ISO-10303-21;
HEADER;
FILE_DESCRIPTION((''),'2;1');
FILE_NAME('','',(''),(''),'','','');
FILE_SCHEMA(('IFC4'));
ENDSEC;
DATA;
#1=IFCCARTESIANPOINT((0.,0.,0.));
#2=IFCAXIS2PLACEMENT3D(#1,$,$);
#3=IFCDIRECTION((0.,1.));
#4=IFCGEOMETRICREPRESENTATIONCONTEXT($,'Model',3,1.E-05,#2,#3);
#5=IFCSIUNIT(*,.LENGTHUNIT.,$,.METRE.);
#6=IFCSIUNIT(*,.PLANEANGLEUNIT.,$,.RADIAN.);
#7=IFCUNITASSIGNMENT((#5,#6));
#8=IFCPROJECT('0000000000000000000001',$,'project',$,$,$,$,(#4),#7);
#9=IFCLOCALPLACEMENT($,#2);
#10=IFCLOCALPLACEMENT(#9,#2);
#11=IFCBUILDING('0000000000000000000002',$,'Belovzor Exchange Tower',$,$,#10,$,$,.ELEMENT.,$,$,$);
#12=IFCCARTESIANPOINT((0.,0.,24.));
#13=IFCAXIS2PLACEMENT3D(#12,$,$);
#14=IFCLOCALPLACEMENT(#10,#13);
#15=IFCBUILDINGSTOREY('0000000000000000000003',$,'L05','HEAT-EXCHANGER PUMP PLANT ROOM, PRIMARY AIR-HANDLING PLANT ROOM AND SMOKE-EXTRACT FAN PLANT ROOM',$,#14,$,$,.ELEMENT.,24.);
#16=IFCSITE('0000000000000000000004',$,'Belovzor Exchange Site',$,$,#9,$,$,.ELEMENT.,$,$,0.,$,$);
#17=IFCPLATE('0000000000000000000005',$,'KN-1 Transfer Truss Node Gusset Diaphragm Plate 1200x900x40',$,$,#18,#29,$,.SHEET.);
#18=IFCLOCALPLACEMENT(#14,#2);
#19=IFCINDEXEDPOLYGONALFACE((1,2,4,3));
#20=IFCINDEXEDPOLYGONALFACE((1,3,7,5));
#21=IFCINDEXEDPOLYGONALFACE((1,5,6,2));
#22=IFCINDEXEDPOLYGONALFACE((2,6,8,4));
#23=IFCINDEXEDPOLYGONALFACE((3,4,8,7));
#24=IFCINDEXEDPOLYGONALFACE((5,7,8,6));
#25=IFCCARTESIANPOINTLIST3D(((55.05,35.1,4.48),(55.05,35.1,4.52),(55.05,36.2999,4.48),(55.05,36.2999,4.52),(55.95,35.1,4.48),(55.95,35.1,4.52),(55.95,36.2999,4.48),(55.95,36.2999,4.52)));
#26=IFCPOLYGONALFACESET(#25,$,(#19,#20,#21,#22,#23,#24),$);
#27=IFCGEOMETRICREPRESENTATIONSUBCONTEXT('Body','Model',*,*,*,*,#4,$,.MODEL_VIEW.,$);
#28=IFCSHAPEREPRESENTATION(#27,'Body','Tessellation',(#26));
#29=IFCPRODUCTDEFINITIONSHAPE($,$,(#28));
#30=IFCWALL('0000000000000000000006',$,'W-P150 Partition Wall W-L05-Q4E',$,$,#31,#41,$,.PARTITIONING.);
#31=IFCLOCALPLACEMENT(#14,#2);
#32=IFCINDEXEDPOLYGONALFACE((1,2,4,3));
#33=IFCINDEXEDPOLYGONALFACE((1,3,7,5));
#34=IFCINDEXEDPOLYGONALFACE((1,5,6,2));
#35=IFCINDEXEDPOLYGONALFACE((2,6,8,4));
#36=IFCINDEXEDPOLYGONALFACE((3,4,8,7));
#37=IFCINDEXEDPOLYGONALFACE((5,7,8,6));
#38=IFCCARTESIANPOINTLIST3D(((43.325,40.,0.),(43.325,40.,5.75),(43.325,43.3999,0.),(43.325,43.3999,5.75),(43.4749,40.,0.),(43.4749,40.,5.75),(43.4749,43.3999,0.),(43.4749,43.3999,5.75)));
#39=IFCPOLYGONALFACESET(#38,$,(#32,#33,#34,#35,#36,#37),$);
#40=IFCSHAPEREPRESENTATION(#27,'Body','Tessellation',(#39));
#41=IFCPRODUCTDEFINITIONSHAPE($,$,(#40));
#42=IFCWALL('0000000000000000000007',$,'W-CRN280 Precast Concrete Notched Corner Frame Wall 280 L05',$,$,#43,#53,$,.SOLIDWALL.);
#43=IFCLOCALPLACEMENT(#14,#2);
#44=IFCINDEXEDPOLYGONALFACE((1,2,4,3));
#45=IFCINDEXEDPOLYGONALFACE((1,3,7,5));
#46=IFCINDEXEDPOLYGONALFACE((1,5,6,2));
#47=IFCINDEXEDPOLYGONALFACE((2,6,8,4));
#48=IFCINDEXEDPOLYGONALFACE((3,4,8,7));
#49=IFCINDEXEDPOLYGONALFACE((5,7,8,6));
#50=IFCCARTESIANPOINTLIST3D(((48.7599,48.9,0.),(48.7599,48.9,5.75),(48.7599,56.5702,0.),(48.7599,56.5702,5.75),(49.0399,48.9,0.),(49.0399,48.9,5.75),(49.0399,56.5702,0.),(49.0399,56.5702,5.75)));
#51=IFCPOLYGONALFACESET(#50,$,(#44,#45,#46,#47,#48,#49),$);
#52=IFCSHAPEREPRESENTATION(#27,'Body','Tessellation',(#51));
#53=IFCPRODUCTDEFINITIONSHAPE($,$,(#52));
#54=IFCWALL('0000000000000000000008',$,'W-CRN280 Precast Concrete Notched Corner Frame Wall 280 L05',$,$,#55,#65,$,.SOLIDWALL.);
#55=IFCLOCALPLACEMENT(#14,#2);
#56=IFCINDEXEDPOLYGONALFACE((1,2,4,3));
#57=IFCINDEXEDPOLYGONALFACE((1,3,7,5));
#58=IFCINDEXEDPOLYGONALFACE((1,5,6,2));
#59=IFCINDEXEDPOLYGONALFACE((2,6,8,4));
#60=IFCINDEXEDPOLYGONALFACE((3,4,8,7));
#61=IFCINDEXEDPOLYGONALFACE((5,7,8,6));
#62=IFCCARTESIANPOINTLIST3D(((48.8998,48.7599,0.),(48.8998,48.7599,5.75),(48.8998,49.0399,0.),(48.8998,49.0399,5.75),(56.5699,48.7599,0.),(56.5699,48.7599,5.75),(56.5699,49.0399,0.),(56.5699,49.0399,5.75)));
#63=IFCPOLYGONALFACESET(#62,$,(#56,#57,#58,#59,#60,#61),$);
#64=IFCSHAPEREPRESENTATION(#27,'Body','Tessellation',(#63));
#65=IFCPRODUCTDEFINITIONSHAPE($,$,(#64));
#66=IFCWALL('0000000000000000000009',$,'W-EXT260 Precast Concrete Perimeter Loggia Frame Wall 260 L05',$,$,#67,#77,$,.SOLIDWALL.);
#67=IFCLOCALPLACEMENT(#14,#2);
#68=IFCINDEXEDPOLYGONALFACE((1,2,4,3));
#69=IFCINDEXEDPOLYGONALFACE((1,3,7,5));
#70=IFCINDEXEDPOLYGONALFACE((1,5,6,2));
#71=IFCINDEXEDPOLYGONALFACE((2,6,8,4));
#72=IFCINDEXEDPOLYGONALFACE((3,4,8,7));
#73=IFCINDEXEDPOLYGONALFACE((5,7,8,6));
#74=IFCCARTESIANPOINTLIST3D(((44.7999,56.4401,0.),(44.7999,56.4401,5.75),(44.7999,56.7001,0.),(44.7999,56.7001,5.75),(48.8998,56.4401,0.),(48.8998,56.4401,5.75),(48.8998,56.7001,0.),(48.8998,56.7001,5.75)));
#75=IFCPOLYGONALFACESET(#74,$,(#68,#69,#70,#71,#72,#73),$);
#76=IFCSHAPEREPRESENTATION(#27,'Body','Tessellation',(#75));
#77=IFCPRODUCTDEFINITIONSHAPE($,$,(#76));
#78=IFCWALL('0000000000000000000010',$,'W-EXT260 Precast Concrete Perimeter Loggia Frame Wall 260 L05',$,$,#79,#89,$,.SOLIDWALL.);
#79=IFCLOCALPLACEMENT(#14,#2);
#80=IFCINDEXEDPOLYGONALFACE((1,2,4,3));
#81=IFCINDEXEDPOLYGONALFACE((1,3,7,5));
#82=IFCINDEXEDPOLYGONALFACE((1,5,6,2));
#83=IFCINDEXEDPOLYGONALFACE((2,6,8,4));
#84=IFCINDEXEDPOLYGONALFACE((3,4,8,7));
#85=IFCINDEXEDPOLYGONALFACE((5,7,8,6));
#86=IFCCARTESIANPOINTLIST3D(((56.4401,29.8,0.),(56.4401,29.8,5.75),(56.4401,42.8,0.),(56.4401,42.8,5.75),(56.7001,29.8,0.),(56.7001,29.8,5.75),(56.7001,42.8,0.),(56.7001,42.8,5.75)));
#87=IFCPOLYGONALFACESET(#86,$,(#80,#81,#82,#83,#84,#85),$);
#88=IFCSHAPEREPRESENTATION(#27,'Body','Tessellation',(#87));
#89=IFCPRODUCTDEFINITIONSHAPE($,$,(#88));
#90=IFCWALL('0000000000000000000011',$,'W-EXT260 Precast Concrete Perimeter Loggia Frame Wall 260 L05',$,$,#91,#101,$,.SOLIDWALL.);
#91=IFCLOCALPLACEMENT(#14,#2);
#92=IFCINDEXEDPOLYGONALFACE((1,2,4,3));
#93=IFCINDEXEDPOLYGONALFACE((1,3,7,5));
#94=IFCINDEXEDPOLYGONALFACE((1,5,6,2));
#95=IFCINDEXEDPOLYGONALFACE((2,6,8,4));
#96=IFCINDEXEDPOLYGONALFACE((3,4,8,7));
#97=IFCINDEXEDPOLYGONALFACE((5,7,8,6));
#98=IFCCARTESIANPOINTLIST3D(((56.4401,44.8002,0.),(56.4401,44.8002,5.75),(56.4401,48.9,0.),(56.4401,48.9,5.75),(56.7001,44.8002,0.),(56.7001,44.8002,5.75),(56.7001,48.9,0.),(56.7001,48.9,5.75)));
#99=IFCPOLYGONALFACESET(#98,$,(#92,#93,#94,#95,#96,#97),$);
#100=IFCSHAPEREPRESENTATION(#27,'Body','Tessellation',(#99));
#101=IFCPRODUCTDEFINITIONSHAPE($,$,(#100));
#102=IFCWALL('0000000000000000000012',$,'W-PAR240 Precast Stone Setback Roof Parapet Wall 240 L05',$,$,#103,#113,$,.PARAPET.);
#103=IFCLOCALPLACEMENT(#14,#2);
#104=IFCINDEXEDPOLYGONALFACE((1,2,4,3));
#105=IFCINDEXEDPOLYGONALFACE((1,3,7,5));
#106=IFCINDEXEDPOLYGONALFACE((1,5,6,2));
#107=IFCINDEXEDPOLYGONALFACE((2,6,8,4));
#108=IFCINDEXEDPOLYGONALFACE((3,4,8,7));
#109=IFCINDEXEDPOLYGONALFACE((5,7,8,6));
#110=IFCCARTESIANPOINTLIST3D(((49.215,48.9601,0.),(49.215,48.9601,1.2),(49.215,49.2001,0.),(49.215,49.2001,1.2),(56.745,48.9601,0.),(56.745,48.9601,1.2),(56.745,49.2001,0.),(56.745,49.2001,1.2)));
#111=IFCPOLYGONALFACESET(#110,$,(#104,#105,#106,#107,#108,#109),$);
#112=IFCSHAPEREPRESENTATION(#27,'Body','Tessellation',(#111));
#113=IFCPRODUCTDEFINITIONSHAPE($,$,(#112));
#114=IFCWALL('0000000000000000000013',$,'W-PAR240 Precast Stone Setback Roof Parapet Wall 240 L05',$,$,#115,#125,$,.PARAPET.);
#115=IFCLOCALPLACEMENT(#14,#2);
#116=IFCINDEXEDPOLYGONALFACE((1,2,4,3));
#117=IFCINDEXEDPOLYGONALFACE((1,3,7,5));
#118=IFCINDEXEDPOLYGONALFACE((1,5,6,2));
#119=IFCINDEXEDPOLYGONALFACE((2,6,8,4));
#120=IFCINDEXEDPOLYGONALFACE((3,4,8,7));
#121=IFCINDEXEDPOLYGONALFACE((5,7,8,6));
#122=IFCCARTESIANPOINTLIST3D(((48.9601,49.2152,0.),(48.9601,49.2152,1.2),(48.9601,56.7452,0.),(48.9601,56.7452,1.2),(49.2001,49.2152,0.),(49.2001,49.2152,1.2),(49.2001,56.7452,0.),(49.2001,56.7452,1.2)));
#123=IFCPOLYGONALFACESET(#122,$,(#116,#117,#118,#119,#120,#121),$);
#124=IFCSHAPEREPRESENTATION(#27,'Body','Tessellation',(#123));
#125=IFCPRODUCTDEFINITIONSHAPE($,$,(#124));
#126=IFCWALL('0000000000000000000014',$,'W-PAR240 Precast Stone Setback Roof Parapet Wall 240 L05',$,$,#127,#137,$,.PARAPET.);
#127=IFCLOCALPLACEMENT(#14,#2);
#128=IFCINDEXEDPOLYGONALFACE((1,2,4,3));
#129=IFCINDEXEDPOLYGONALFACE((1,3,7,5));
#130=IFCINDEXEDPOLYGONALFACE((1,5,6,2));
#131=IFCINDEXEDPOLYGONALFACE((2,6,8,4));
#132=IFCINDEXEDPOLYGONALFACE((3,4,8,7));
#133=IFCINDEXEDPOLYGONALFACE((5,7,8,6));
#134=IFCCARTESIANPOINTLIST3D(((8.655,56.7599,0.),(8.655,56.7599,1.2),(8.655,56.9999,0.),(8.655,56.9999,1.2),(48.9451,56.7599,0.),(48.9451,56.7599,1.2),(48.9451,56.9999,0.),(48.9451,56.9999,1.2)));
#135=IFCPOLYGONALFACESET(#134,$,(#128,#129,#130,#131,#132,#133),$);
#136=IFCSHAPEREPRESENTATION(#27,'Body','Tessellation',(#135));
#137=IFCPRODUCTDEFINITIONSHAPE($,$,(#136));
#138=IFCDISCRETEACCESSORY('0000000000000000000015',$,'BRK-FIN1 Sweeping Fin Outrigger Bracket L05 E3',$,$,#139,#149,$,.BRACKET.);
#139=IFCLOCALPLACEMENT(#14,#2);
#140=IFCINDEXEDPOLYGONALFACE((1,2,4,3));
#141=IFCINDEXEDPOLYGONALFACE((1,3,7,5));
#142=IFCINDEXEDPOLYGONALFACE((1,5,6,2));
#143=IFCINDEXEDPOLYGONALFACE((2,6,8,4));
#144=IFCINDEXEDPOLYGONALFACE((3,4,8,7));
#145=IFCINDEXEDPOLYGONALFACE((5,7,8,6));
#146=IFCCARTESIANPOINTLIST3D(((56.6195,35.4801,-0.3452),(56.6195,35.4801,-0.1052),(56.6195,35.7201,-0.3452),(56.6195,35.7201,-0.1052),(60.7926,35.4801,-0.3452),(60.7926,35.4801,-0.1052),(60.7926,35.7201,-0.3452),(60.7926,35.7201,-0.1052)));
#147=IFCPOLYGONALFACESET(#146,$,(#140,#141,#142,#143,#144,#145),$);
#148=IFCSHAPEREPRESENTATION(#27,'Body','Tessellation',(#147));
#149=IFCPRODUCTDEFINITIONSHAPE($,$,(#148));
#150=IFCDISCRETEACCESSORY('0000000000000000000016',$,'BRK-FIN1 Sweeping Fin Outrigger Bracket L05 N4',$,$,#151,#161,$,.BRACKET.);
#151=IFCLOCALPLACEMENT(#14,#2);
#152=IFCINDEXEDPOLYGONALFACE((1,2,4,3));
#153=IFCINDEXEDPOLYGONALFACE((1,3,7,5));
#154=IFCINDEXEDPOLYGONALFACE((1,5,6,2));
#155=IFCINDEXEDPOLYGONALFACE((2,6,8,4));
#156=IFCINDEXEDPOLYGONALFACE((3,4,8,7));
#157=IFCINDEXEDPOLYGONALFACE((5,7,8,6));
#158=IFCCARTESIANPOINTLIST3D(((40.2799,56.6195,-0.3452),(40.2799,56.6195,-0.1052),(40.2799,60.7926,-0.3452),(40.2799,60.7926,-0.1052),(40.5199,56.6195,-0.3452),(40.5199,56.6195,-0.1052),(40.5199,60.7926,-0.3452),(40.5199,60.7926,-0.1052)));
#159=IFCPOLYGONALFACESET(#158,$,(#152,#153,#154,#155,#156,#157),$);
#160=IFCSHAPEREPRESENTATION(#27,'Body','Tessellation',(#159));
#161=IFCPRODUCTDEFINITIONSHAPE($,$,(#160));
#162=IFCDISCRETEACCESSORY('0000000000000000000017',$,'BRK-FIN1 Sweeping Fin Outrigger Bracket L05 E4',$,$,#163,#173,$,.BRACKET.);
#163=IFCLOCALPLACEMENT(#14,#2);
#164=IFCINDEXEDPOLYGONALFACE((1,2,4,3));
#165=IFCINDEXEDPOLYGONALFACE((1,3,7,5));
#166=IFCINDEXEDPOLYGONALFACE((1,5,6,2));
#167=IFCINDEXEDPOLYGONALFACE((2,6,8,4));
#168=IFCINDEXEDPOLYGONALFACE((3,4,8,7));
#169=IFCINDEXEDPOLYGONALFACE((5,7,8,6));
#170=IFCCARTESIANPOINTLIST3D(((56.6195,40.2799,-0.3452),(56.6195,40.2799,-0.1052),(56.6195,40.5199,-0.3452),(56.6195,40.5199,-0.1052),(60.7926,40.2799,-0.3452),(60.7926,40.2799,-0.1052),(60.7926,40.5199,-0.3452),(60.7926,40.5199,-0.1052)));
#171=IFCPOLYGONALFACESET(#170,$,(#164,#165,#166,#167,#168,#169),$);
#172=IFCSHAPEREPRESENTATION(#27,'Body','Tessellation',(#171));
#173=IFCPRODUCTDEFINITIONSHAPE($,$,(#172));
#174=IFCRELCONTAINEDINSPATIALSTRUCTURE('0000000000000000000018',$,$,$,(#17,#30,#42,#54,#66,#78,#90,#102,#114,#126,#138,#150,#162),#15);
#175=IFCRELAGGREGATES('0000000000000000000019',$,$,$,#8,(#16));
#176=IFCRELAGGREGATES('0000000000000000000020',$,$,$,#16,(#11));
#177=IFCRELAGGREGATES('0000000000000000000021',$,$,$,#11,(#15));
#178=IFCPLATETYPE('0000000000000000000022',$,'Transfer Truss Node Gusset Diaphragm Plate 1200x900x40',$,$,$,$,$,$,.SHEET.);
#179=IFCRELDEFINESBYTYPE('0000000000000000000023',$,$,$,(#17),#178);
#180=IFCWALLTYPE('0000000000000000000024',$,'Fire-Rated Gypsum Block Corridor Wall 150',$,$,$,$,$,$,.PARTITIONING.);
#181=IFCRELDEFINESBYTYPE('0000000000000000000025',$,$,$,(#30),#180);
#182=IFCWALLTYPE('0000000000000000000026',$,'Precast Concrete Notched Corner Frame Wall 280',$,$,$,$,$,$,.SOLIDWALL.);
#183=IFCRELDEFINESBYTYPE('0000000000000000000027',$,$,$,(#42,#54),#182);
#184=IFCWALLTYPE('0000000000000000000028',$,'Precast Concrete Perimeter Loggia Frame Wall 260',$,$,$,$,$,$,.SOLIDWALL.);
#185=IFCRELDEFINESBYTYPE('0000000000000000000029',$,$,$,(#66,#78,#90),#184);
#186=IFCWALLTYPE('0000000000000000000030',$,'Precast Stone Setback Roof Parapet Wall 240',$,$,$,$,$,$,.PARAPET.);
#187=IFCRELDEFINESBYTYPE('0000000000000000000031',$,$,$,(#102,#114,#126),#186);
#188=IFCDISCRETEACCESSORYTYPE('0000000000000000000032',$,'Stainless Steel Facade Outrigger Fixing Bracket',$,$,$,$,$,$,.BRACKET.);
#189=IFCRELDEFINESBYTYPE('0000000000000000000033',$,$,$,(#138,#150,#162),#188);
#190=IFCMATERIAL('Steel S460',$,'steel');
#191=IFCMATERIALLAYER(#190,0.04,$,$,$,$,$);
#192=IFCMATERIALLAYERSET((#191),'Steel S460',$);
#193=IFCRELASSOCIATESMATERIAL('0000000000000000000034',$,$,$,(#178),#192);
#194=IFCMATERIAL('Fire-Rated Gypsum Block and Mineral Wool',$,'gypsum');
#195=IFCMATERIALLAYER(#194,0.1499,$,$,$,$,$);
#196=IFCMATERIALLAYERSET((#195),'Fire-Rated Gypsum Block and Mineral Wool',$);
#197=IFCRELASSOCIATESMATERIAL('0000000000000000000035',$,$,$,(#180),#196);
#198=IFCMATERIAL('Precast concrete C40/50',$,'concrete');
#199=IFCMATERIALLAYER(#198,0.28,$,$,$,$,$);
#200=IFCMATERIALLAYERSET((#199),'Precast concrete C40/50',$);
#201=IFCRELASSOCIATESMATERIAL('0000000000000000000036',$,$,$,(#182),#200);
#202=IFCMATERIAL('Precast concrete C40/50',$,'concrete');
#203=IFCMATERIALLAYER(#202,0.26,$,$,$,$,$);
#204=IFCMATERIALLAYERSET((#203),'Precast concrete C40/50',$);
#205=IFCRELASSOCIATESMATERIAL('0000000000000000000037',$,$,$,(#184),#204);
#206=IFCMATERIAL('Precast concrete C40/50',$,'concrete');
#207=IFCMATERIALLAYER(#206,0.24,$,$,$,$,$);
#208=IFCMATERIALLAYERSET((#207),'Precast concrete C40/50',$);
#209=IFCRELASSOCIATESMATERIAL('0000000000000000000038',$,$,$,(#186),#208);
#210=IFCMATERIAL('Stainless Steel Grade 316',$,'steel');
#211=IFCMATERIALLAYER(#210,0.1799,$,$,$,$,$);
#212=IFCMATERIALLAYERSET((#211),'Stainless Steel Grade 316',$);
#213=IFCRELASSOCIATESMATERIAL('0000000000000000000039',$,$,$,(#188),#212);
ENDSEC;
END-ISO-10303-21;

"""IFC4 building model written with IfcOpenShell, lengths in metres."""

from ifc_helpers import new_model, si_unit, direction, frame, frame_2d, origin, origin_2d, place, context, subcontext, project, spatial, rectangle, extrude, material, layer, layer_set, type_object, element, save


model = new_model("IFC4")

# Units and contexts
model_context = context("Model", 3, precision=1e-05, world=origin(), true_north=direction((0.0, 1.0)))
body_context = subcontext(model_context, "Body", "Model", "MODEL_VIEW")
ifc_project = project(units=[si_unit("LENGTHUNIT", "METRE"), si_unit("PLANEANGLEUNIT", "RADIAN")], contexts=[model_context])

# Site, building, storey
site_placement = place(None, origin())
site = spatial("IfcSite", under=ifc_project, at=site_placement, Name="Belovzor Exchange Site", CompositionType="ELEMENT", RefElevation=0.0)
building_placement = place(site_placement, origin())
building = spatial("IfcBuilding", under=site, at=building_placement, Name="Belovzor Exchange Tower", CompositionType="ELEMENT")
storey_placement = place(building_placement, frame((0.0, 0.0, 24.0)))
storey = spatial("IfcBuildingStorey", under=building, at=storey_placement, Name="L05", Description="HEAT-EXCHANGER PUMP PLANT ROOM, PRIMARY AIR-HANDLING PLANT ROOM AND SMOKE-EXTRACT FAN PLANT ROOM", CompositionType="ELEMENT", Elevation=24.0)

# Plate
ifc_material_1 = material(Name="Steel S460", Category="steel")
ifc_layer_1 = layer(ifc_material_1, 0.04)
ifc_layer_set_1 = layer_set([ifc_layer_1], Name="Steel S460")
plate_type_1 = type_object("IfcPlateType", Name="Transfer Truss Node Gusset Diaphragm Plate 1200x900x40", PredefinedType="SHEET", material=ifc_layer_set_1)
plate_placement = place(storey_placement, frame((55.5, 35.7, 4.48), z_axis=(0.0, 0.0, 1.0), x_axis=(0.0, 1.0, 0.0)))
element("IfcPlate", 1, at=plate_placement, inside=storey, type_object=plate_type_1, Name="KN-1 Transfer Truss Node Gusset Diaphragm Plate 1200x900x40", PredefinedType="SHEET", context=body_context, shape_type="SweptSolid", body=[
    extrude(rectangle(XDim=1.2, YDim=0.8999, at=origin_2d()), origin(), (0.0, 0.0, 1.0), 0.04),
])

# Walls
ifc_material_2 = material(Name="Fire-Rated Gypsum Block and Mineral Wool", Category="gypsum")
ifc_layer_2 = layer(ifc_material_2, 0.1499)
ifc_layer_set_2 = layer_set([ifc_layer_2], Name="Fire-Rated Gypsum Block and Mineral Wool")
wall_type_1 = type_object("IfcWallType", Name="Fire-Rated Gypsum Block Corridor Wall 150", PredefinedType="PARTITIONING", material=ifc_layer_set_2)
wall_1_placement = place(storey_placement, frame((43.3999, 40.0, 0.0), z_axis=(0.0, 0.0, 1.0), x_axis=(0.0, 1.0, 0.0)))
element("IfcWall", 2, at=wall_1_placement, inside=storey, type_object=wall_type_1, Name="W-P150 Partition Wall W-L05-Q4E", PredefinedType="PARTITIONING", context=body_context, shape_type="SweptSolid", body=[
    extrude(rectangle(XDim=3.3999, YDim=0.1499, at=frame_2d((1.7, 0.0))), origin(), (0.0, 0.0, 1.0), 5.75),
])
ifc_material_3 = material(Name="Precast concrete C40/50", Category="concrete")
ifc_layer_3 = layer(ifc_material_3, 0.28)
ifc_layer_set_3 = layer_set([ifc_layer_3], Name="Precast concrete C40/50")
wall_type_2 = type_object("IfcWallType", Name="Precast Concrete Notched Corner Frame Wall 280", PredefinedType="SOLIDWALL", material=ifc_layer_set_3)
for number, where, z_axis, x_axis, name in (
    (3, (48.8999, 56.5701, 0.0), (0.0, 0.0, 1.0), (0.0, -1.0, 0.0), "W-CRN280 Precast Concrete Notched Corner Frame Wall 280 L05"),
    (4, (48.8999, 48.8999, 0.0), (0.0, 0.0, 1.0), (1.0, 0.0, 0.0), "W-CRN280 Precast Concrete Notched Corner Frame Wall 280 L05"),
):
    element("IfcWall", number, at=place(storey_placement, frame(where, z_axis=z_axis, x_axis=x_axis)), inside=storey, type_object=wall_type_2, Name=name, PredefinedType="SOLIDWALL", context=body_context, shape_type="SweptSolid", body=[
        extrude(rectangle(XDim=7.6702, YDim=0.28, at=frame_2d((3.835, 0.0))), origin(), (0.0, 0.0, 1.0), 5.75),
    ])
ifc_material_4 = material(Name="Precast concrete C40/50", Category="concrete")
ifc_layer_4 = layer(ifc_material_4, 0.26)
ifc_layer_set_4 = layer_set([ifc_layer_4], Name="Precast concrete C40/50")
wall_type_3 = type_object("IfcWallType", Name="Precast Concrete Perimeter Loggia Frame Wall 260", PredefinedType="SOLIDWALL", material=ifc_layer_set_4)
wall_2_placement = place(storey_placement, frame((44.8, 56.5701, 0.0), z_axis=(0.0, 0.0, 1.0), x_axis=(1.0, 0.0, 0.0)))
element("IfcWall", 5, at=wall_2_placement, inside=storey, type_object=wall_type_3, Name="W-EXT260 Precast Concrete Perimeter Loggia Frame Wall 260 L05", PredefinedType="SOLIDWALL", context=body_context, shape_type="SweptSolid", body=[
    extrude(rectangle(XDim=4.0999, YDim=0.26, at=frame_2d((2.0498, 0.0))), origin(), (0.0, 0.0, 1.0), 5.75),
])
wall_3_placement = place(storey_placement, frame((56.5701, 42.8, 0.0), z_axis=(0.0, 0.0, 1.0), x_axis=(0.0, -1.0, 0.0)))
element("IfcWall", 6, at=wall_3_placement, inside=storey, type_object=wall_type_3, Name="W-EXT260 Precast Concrete Perimeter Loggia Frame Wall 260 L05", PredefinedType="SOLIDWALL", context=body_context, shape_type="SweptSolid", body=[
    extrude(rectangle(XDim=13.0, YDim=0.26, at=frame_2d((6.5, 0.0))), origin(), (0.0, 0.0, 1.0), 5.75),
])
wall_4_placement = place(storey_placement, frame((56.5701, 48.8999, 0.0), z_axis=(0.0, 0.0, 1.0), x_axis=(0.0, -1.0, 0.0)))
element("IfcWall", 7, at=wall_4_placement, inside=storey, type_object=wall_type_3, Name="W-EXT260 Precast Concrete Perimeter Loggia Frame Wall 260 L05", PredefinedType="SOLIDWALL", context=body_context, shape_type="SweptSolid", body=[
    extrude(rectangle(XDim=4.0999, YDim=0.26, at=frame_2d((2.0498, 0.0))), origin(), (0.0, 0.0, 1.0), 5.75),
])
ifc_material_5 = material(Name="Precast concrete C40/50", Category="concrete")
ifc_layer_5 = layer(ifc_material_5, 0.24)
ifc_layer_set_5 = layer_set([ifc_layer_5], Name="Precast concrete C40/50")
wall_type_4 = type_object("IfcWallType", Name="Precast Stone Setback Roof Parapet Wall 240", PredefinedType="PARAPET", material=ifc_layer_set_5)
for number, where, z_axis, x_axis, name in (
    (8, (56.7451, 49.0801, 0.0), (0.0, 0.0, 1.0), (-1.0, 0.0, 0.0), "W-PAR240 Precast Stone Setback Roof Parapet Wall 240 L05"),
    (9, (49.0801, 49.2151, 0.0), (0.0, 0.0, 1.0), (0.0, 1.0, 0.0), "W-PAR240 Precast Stone Setback Roof Parapet Wall 240 L05"),
):
    element("IfcWall", number, at=place(storey_placement, frame(where, z_axis=z_axis, x_axis=x_axis)), inside=storey, type_object=wall_type_4, Name=name, PredefinedType="PARAPET", context=body_context, shape_type="SweptSolid", body=[
        extrude(rectangle(XDim=7.53, YDim=0.24, at=frame_2d((3.7651, 0.0))), origin(), (0.0, 0.0, 1.0), 1.2),
    ])
wall_5_placement = place(storey_placement, frame((48.9451, 56.8799, 0.0), z_axis=(0.0, 0.0, 1.0), x_axis=(-1.0, 0.0, 0.0)))
element("IfcWall", 10, at=wall_5_placement, inside=storey, type_object=wall_type_4, Name="W-PAR240 Precast Stone Setback Roof Parapet Wall 240 L05", PredefinedType="PARAPET", context=body_context, shape_type="SweptSolid", body=[
    extrude(rectangle(XDim=40.29, YDim=0.24, at=frame_2d((20.145, 0.0))), origin(), (0.0, 0.0, 1.0), 1.2),
])

# Discrete accessories
ifc_material_6 = material(Name="Stainless Steel Grade 316", Category="steel")
ifc_layer_6 = layer(ifc_material_6, 0.1799)
ifc_layer_set_6 = layer_set([ifc_layer_6], Name="Stainless Steel Grade 316")
discrete_accessory_type = type_object("IfcDiscreteAccessoryType", Name="Stainless Steel Facade Outrigger Fixing Bracket", PredefinedType="BRACKET", material=ifc_layer_set_6)
for number, where, z_axis, x_axis, name in (
    (11, (58.7061, 35.6001, -0.3452), (0.0, 0.0, 1.0), (1.0, 0.0, 0.0), "BRK-FIN1 Sweeping Fin Outrigger Bracket L05 E3"),
    (12, (40.3999, 58.7061, -0.3452), (0.0, 0.0, 1.0), (0.0, 1.0, 0.0), "BRK-FIN1 Sweeping Fin Outrigger Bracket L05 N4"),
    (13, (58.7061, 40.3999, -0.3452), (0.0, 0.0, 1.0), (1.0, 0.0, 0.0), "BRK-FIN1 Sweeping Fin Outrigger Bracket L05 E4"),
):
    element("IfcDiscreteAccessory", number, at=place(storey_placement, frame(where, z_axis=z_axis, x_axis=x_axis)), inside=storey, type_object=discrete_accessory_type, Name=name, PredefinedType="BRACKET", context=body_context, shape_type="SweptSolid", body=[
        extrude(rectangle(XDim=4.1731, YDim=0.24, at=origin_2d()), origin(), (0.0, 0.0, 1.0), 0.24),
    ])

save(model, "model.ifc")
